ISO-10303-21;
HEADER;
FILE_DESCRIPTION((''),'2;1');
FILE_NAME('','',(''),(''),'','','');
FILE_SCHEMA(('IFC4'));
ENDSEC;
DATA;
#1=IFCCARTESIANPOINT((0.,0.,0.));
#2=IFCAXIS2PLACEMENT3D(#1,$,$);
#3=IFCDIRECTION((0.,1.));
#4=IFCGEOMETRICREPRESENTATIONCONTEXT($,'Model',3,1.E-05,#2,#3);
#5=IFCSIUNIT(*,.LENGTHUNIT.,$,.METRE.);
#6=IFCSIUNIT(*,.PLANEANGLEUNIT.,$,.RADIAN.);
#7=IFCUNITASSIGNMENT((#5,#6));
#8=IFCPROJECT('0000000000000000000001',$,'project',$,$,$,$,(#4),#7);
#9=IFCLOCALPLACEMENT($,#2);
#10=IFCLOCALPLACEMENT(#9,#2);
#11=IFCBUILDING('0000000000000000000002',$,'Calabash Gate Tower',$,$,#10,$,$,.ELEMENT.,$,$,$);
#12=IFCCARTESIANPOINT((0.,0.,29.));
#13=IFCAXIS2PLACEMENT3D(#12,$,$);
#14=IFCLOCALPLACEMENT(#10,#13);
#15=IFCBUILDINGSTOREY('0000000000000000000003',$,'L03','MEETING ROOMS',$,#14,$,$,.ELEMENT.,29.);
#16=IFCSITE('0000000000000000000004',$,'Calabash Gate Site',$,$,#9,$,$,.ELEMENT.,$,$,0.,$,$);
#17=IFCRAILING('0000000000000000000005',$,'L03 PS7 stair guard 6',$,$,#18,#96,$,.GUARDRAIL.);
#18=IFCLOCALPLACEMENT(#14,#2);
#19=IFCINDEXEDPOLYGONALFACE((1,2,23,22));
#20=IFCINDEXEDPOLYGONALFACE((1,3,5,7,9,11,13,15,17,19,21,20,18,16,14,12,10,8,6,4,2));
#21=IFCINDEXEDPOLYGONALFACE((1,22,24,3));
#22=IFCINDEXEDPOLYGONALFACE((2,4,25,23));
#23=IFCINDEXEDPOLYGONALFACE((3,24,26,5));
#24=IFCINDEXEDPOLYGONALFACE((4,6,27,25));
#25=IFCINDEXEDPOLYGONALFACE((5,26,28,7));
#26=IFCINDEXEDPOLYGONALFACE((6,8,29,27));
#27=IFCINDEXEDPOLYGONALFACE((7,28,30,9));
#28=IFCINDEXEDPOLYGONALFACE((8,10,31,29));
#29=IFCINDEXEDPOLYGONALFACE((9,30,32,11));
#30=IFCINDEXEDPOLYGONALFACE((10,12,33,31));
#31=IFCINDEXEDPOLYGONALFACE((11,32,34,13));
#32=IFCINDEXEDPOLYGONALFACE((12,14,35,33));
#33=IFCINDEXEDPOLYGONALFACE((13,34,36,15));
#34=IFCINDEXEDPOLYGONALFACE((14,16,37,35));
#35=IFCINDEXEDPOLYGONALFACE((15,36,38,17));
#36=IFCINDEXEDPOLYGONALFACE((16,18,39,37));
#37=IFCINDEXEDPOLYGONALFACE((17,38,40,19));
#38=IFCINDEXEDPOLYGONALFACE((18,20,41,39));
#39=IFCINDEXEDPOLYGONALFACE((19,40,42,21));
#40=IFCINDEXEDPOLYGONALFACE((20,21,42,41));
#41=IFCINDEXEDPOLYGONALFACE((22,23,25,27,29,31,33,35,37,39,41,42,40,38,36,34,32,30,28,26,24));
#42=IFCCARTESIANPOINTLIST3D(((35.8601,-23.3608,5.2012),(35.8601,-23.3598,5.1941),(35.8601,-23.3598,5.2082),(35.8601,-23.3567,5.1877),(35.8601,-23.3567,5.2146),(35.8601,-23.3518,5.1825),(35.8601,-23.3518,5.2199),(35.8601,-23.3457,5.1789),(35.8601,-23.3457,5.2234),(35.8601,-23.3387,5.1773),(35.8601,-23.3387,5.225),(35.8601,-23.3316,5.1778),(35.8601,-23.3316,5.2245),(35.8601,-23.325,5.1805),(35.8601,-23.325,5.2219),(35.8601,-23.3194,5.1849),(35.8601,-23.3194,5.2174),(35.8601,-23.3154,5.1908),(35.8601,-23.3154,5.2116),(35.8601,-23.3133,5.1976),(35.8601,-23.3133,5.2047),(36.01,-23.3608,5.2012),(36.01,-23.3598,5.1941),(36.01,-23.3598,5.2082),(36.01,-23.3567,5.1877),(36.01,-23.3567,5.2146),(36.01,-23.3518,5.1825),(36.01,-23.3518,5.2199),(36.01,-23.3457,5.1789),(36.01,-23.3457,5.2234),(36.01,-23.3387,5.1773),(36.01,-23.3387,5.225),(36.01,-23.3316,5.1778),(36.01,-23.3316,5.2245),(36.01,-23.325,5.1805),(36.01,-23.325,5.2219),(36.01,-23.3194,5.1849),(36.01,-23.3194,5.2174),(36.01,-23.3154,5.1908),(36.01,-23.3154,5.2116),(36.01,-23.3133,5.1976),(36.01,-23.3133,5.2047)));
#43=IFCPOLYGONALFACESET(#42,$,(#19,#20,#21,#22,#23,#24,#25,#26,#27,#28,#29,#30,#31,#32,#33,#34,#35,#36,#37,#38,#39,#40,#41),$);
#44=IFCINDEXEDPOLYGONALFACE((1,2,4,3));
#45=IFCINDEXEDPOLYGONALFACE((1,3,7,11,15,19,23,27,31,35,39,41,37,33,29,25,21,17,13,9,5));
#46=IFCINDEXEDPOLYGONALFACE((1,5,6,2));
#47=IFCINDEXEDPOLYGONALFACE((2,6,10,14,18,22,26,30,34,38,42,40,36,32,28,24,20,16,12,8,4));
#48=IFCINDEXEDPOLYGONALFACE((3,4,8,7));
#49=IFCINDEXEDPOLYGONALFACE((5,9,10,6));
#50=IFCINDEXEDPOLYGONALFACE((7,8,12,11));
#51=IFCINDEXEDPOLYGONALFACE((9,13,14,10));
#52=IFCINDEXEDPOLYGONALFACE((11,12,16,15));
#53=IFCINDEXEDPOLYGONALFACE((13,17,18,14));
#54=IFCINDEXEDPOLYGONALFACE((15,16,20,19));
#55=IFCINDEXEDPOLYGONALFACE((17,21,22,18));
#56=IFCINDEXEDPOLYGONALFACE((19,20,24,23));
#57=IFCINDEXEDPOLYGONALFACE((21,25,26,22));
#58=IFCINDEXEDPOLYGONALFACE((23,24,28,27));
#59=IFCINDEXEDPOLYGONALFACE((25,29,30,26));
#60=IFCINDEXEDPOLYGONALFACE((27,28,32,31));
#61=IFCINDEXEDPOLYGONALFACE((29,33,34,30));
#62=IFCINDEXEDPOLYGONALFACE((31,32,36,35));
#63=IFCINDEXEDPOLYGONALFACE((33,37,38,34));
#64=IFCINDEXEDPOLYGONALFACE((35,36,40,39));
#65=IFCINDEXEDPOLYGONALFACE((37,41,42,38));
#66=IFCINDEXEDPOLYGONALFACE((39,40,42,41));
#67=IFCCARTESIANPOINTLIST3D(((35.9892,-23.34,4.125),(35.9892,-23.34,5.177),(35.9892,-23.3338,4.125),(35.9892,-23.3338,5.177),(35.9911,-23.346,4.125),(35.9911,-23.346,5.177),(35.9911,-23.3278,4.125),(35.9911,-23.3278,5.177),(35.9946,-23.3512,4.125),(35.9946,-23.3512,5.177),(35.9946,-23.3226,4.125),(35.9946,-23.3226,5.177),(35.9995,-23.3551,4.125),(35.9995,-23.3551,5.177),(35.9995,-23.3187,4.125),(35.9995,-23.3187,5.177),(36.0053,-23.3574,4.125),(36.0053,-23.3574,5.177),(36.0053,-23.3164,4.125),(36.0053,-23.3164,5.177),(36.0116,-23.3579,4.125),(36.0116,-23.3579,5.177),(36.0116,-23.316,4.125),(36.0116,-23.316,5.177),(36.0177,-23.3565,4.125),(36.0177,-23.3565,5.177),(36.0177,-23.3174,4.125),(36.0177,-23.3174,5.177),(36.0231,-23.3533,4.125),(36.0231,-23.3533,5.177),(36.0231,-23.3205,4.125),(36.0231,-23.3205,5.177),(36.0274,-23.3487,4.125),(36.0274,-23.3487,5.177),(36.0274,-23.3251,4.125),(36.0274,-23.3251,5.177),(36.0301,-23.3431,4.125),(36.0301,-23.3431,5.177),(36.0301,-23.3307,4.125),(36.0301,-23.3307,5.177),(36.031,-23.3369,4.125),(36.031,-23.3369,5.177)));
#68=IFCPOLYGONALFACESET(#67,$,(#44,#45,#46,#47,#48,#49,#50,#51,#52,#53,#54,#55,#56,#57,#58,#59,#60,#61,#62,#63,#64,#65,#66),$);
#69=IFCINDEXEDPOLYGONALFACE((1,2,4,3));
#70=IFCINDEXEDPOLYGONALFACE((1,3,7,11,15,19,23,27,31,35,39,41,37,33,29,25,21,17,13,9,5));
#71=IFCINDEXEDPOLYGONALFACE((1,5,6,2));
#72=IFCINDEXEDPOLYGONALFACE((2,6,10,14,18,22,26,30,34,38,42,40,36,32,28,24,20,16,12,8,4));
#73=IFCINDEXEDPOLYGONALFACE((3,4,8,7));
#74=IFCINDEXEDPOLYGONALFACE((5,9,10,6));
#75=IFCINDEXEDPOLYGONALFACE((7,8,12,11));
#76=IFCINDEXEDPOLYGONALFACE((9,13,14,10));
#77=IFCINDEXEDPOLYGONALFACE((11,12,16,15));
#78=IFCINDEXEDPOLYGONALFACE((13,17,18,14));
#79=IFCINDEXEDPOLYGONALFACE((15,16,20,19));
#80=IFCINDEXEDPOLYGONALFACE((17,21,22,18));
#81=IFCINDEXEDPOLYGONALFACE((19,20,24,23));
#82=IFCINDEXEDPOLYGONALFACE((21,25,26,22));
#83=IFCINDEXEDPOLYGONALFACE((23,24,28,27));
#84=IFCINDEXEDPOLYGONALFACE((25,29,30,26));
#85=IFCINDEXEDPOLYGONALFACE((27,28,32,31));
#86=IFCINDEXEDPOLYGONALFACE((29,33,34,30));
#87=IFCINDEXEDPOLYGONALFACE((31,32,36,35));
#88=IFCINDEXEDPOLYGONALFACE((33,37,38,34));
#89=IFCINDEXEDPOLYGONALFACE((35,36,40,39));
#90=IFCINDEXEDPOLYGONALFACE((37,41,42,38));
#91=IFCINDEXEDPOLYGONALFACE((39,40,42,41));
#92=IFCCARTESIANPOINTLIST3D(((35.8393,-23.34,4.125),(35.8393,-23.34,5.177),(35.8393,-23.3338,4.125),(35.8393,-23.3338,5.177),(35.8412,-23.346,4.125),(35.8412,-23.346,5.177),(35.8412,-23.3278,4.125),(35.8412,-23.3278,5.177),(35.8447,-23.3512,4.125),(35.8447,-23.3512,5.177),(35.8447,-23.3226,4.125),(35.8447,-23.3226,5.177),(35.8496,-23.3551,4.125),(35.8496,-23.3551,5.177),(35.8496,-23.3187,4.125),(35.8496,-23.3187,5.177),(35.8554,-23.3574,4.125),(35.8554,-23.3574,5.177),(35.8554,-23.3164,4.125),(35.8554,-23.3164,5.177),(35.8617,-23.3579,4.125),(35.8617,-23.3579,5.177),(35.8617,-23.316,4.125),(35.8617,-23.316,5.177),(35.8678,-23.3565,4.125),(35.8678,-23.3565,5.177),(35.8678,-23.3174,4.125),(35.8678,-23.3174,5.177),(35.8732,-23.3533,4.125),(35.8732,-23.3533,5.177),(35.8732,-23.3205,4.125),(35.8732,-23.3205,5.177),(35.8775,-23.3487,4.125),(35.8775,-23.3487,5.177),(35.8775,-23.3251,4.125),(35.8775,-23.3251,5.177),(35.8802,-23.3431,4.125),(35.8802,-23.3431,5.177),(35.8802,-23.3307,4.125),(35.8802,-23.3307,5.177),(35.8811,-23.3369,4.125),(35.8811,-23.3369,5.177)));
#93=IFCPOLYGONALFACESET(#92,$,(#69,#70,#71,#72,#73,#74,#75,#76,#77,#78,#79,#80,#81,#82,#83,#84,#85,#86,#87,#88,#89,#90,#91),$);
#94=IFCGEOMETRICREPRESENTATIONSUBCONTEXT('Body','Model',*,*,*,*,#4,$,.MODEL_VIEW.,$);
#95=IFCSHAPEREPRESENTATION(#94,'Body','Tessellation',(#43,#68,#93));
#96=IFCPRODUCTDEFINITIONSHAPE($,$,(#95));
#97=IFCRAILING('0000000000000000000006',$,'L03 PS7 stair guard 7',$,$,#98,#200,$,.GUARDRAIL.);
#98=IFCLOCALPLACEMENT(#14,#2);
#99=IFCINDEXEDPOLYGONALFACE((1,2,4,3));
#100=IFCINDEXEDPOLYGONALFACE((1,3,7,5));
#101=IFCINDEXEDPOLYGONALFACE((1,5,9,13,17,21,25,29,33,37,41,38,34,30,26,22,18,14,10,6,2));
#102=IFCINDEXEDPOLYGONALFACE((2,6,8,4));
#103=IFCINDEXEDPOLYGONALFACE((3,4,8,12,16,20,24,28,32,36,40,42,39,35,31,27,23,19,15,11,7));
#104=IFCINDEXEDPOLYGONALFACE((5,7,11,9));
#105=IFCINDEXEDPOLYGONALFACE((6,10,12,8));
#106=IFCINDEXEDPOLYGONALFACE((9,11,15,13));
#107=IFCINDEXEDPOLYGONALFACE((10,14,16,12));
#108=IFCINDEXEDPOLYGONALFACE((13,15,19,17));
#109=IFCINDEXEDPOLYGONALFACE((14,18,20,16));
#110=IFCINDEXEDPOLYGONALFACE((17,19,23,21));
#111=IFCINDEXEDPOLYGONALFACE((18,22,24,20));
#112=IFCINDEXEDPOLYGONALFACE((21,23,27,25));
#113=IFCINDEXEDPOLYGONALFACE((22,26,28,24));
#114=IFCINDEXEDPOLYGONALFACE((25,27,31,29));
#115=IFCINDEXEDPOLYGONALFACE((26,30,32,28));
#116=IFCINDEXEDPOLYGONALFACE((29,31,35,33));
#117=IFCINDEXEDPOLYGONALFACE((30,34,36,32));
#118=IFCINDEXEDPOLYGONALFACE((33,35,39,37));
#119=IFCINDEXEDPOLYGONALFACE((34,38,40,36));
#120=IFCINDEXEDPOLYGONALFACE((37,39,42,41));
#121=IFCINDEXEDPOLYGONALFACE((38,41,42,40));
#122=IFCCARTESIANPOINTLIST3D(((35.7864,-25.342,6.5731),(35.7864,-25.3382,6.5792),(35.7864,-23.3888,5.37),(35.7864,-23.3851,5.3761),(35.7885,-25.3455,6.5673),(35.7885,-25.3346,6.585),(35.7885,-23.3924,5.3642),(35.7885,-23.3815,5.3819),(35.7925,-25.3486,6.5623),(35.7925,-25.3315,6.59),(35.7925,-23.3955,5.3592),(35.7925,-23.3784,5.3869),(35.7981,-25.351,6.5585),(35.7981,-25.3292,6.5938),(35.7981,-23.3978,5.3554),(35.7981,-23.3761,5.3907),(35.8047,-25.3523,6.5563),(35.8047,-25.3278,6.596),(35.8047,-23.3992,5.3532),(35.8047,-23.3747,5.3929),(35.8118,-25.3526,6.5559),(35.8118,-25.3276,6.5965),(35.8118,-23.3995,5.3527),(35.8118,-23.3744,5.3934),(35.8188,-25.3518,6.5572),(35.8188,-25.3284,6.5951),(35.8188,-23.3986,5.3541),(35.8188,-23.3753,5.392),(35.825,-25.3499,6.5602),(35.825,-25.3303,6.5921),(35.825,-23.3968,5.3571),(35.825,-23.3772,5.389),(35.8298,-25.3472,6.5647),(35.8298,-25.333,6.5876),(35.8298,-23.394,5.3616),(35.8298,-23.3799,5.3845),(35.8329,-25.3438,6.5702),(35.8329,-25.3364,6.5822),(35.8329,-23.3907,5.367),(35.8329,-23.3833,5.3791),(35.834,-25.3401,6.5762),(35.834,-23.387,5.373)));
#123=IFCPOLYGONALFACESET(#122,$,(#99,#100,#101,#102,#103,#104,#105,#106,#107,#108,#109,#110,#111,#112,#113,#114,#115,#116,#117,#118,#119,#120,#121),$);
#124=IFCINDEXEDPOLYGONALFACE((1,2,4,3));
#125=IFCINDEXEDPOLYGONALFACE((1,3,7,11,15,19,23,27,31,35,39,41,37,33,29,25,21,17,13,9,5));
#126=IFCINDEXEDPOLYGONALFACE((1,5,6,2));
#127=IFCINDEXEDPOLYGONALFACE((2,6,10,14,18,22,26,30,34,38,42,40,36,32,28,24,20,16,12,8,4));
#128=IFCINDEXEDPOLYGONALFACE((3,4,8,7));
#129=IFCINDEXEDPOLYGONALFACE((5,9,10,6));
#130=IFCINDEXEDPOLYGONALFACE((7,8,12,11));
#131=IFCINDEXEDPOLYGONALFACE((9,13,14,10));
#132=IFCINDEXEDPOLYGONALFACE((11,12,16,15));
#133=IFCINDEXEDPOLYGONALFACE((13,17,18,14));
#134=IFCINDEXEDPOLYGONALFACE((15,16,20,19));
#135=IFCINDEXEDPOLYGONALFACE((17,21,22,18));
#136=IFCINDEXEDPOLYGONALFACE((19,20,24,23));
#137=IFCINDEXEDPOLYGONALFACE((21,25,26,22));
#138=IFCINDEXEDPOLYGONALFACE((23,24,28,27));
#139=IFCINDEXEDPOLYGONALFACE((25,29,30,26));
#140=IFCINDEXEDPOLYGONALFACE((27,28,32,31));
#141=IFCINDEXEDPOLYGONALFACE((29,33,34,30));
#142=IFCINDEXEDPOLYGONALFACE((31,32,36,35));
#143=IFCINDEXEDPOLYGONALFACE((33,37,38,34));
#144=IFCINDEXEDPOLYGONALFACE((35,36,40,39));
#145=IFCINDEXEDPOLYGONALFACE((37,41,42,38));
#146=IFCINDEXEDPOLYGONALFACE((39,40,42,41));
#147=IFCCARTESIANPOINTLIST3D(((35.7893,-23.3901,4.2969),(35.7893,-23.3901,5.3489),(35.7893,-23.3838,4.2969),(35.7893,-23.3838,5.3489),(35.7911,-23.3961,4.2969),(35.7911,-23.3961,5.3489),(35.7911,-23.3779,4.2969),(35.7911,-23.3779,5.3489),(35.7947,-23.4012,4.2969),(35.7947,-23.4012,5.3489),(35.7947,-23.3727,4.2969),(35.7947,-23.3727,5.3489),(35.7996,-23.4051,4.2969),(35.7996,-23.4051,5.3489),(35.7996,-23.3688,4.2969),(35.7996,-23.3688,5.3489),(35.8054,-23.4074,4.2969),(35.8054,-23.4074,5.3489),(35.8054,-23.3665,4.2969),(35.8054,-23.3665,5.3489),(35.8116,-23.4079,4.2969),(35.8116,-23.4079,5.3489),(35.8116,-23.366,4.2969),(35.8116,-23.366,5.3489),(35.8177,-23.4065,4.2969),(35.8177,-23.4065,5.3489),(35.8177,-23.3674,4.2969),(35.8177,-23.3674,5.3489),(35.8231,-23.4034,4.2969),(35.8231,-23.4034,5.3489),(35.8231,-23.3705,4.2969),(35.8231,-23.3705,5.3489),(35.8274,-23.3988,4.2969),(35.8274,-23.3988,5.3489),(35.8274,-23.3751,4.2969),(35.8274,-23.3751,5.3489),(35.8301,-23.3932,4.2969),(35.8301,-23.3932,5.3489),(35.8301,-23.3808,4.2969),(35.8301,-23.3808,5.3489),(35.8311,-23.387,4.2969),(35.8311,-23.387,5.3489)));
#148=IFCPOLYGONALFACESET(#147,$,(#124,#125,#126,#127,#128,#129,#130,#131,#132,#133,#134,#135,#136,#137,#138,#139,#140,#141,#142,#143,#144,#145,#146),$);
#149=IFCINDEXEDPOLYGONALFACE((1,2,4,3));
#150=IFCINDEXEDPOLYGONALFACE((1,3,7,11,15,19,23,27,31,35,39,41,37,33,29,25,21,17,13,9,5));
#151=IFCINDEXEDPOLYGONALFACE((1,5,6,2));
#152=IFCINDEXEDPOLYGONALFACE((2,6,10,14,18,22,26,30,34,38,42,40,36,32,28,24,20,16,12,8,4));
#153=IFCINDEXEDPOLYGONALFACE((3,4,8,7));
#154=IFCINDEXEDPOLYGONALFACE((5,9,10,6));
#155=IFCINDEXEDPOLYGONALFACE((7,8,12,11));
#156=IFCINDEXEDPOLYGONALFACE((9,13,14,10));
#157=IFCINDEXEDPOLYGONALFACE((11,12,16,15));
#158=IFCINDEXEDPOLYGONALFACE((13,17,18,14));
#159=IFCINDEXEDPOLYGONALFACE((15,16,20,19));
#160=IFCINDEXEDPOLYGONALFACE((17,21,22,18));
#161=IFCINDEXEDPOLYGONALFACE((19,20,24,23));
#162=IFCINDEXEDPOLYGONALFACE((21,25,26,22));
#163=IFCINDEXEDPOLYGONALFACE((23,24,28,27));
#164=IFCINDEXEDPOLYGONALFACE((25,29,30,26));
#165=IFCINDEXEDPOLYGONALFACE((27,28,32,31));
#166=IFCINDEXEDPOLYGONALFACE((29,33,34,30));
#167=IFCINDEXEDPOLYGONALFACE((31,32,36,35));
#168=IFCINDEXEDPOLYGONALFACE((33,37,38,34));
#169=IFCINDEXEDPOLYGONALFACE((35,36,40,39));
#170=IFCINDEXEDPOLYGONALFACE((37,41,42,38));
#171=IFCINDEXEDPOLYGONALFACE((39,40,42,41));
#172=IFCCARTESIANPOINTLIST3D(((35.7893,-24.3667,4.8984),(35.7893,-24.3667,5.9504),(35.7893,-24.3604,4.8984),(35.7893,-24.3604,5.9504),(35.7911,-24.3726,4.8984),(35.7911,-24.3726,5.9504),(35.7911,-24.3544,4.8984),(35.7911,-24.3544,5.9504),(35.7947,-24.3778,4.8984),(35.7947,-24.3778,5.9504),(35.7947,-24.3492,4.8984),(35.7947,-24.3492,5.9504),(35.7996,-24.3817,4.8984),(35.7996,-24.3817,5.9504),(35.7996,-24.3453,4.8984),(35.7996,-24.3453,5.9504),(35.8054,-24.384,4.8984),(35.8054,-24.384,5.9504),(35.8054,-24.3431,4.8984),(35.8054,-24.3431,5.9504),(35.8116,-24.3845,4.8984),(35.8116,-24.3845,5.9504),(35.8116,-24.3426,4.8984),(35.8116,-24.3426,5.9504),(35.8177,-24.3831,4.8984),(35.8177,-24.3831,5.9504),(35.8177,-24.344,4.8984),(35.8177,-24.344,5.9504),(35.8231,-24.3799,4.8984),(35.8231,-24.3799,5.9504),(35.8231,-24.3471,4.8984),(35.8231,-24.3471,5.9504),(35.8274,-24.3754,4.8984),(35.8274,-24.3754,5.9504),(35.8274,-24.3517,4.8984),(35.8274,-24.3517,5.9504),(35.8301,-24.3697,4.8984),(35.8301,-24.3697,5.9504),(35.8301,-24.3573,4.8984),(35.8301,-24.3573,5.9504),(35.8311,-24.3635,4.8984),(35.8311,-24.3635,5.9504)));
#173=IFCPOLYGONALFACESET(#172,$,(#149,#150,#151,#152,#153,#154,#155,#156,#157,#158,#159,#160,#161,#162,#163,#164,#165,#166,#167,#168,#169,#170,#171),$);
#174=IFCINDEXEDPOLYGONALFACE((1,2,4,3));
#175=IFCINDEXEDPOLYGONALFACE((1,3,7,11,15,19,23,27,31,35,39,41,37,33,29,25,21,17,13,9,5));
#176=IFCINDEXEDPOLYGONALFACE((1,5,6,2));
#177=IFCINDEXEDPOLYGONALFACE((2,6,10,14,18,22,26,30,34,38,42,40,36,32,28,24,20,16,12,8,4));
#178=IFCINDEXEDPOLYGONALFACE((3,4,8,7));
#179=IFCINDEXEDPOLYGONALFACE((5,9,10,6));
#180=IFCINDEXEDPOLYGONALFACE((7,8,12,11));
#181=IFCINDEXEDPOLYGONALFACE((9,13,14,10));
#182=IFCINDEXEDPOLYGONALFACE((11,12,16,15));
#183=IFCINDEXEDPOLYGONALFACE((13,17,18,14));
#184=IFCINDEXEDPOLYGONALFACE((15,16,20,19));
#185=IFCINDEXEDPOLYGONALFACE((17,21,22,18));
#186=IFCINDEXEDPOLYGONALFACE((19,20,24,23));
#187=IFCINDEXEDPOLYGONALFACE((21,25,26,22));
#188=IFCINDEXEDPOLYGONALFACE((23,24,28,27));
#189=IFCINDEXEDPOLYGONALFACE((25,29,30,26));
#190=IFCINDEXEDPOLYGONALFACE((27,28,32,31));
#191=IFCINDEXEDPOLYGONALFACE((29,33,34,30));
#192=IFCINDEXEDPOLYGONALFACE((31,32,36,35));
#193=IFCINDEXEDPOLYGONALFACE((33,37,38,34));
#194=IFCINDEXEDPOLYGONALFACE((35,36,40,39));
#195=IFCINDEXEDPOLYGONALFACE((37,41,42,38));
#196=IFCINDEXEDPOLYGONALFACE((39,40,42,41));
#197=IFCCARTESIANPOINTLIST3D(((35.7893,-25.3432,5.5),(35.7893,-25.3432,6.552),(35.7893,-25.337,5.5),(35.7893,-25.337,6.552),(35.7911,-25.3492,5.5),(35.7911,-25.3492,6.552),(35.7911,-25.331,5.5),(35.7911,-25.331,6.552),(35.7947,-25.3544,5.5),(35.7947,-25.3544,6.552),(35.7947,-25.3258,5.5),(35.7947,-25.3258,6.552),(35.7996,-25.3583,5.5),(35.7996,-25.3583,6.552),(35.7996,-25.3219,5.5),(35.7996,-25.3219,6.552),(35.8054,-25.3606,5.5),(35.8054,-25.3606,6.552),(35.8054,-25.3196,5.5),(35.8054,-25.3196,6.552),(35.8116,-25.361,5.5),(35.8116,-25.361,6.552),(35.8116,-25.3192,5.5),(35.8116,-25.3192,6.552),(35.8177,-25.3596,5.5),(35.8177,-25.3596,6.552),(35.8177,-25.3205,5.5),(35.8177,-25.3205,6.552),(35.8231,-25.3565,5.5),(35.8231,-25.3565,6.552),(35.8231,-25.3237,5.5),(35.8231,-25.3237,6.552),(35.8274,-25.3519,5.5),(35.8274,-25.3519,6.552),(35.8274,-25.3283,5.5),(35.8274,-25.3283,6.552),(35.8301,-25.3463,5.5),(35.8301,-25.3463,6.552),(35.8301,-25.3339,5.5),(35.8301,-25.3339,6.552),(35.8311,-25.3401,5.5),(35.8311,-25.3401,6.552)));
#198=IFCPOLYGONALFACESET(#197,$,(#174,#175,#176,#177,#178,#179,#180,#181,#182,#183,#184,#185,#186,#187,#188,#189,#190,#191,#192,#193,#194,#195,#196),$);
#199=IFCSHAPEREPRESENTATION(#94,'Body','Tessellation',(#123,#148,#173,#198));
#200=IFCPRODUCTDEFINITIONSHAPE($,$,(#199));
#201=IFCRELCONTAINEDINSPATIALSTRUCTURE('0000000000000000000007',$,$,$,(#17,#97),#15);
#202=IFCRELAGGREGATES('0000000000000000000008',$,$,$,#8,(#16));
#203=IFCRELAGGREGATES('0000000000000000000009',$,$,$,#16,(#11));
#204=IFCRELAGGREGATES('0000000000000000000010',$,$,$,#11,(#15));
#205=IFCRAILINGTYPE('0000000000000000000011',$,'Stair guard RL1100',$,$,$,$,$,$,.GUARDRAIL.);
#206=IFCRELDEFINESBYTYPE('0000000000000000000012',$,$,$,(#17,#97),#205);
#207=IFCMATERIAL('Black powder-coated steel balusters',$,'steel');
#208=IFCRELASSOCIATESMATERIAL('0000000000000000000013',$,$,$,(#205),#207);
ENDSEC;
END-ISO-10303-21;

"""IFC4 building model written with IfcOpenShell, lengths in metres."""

from ifc_helpers import new_model, si_unit, direction, frame, origin, origin_2d, place, context, subcontext, project, spatial, circle, extrude, material, type_object, element, save


model = new_model("IFC4")

# Units and contexts
model_context = context("Model", 3, precision=1e-05, world=origin(), true_north=direction((0.0, 1.0)))
body_context = subcontext(model_context, "Body", "Model", "MODEL_VIEW")
ifc_project = project(units=[si_unit("LENGTHUNIT", "METRE"), si_unit("PLANEANGLEUNIT", "RADIAN")], contexts=[model_context])

# Site, building, storey
site_placement = place(None, origin())
site = spatial("IfcSite", under=ifc_project, at=site_placement, Name="Calabash Gate Site", CompositionType="ELEMENT", RefElevation=0.0)
building_placement = place(site_placement, origin())
building = spatial("IfcBuilding", under=site, at=building_placement, Name="Calabash Gate Tower", CompositionType="ELEMENT")
storey_placement = place(building_placement, frame((0.0, 0.0, 29.0)))
storey = spatial("IfcBuildingStorey", under=building, at=storey_placement, Name="L03", Description="MEETING ROOMS", CompositionType="ELEMENT", Elevation=29.0)

# Railings
ifc_material_1 = material(Name="Black powder-coated steel balusters", Category="steel")
railing_type_1 = type_object("IfcRailingType", Name="Stair guard RL1100", PredefinedType="GUARDRAIL", material=ifc_material_1)
railing_1_placement = place(storey_placement, frame((36.01, -23.3369, 4.125)))
element("IfcRailing", 1, at=railing_1_placement, inside=storey, type_object=railing_type_1, Name="L03 PS7 stair guard 6", PredefinedType="GUARDRAIL", context=body_context, shape_type="SweptSolid", body=[
    extrude(circle(Radius=0.0239, at=origin_2d()), frame((0.0, 0.0, 1.0762), z_axis=(-1.0, 0.0, 0.0), x_axis=(0.0, -1.0, 0.0)), (0.0, 0.0, 1.0), 0.1499),
    extrude(circle(Radius=0.021, at=origin_2d()), origin(), (0.0, 0.0, 1.0), 1.052),
    extrude(circle(Radius=0.021, at=origin_2d()), frame((-0.1499, 0.0, 0.0)), (0.0, 0.0, 1.0), 1.052),
])
railing_2_placement = place(storey_placement, frame((35.8101, -23.387, 4.2969)))
element("IfcRailing", 2, at=railing_2_placement, inside=storey, type_object=railing_type_1, Name="L03 PS7 stair guard 7", PredefinedType="GUARDRAIL", context=body_context, shape_type="SweptSolid", body=[
    extrude(circle(Radius=0.0239, at=origin_2d()), frame((0.0, 0.0, 1.0762), z_axis=(0.0, -0.851424, 0.524477), x_axis=(1.0, 0.0, 0.0)), (0.0, 0.0, 1.0), 2.2939),
    extrude(circle(Radius=0.021, at=origin_2d()), origin(), (0.0, 0.0, 1.0), 1.052),
    extrude(circle(Radius=0.021, at=origin_2d()), frame((0.0, -0.9766, 0.6016)), (0.0, 0.0, 1.0), 1.052),
    extrude(circle(Radius=0.021, at=origin_2d()), frame((0.0, -1.9531, 1.2031)), (0.0, 0.0, 1.0), 1.052),
])

save(model, "model.ifc")
